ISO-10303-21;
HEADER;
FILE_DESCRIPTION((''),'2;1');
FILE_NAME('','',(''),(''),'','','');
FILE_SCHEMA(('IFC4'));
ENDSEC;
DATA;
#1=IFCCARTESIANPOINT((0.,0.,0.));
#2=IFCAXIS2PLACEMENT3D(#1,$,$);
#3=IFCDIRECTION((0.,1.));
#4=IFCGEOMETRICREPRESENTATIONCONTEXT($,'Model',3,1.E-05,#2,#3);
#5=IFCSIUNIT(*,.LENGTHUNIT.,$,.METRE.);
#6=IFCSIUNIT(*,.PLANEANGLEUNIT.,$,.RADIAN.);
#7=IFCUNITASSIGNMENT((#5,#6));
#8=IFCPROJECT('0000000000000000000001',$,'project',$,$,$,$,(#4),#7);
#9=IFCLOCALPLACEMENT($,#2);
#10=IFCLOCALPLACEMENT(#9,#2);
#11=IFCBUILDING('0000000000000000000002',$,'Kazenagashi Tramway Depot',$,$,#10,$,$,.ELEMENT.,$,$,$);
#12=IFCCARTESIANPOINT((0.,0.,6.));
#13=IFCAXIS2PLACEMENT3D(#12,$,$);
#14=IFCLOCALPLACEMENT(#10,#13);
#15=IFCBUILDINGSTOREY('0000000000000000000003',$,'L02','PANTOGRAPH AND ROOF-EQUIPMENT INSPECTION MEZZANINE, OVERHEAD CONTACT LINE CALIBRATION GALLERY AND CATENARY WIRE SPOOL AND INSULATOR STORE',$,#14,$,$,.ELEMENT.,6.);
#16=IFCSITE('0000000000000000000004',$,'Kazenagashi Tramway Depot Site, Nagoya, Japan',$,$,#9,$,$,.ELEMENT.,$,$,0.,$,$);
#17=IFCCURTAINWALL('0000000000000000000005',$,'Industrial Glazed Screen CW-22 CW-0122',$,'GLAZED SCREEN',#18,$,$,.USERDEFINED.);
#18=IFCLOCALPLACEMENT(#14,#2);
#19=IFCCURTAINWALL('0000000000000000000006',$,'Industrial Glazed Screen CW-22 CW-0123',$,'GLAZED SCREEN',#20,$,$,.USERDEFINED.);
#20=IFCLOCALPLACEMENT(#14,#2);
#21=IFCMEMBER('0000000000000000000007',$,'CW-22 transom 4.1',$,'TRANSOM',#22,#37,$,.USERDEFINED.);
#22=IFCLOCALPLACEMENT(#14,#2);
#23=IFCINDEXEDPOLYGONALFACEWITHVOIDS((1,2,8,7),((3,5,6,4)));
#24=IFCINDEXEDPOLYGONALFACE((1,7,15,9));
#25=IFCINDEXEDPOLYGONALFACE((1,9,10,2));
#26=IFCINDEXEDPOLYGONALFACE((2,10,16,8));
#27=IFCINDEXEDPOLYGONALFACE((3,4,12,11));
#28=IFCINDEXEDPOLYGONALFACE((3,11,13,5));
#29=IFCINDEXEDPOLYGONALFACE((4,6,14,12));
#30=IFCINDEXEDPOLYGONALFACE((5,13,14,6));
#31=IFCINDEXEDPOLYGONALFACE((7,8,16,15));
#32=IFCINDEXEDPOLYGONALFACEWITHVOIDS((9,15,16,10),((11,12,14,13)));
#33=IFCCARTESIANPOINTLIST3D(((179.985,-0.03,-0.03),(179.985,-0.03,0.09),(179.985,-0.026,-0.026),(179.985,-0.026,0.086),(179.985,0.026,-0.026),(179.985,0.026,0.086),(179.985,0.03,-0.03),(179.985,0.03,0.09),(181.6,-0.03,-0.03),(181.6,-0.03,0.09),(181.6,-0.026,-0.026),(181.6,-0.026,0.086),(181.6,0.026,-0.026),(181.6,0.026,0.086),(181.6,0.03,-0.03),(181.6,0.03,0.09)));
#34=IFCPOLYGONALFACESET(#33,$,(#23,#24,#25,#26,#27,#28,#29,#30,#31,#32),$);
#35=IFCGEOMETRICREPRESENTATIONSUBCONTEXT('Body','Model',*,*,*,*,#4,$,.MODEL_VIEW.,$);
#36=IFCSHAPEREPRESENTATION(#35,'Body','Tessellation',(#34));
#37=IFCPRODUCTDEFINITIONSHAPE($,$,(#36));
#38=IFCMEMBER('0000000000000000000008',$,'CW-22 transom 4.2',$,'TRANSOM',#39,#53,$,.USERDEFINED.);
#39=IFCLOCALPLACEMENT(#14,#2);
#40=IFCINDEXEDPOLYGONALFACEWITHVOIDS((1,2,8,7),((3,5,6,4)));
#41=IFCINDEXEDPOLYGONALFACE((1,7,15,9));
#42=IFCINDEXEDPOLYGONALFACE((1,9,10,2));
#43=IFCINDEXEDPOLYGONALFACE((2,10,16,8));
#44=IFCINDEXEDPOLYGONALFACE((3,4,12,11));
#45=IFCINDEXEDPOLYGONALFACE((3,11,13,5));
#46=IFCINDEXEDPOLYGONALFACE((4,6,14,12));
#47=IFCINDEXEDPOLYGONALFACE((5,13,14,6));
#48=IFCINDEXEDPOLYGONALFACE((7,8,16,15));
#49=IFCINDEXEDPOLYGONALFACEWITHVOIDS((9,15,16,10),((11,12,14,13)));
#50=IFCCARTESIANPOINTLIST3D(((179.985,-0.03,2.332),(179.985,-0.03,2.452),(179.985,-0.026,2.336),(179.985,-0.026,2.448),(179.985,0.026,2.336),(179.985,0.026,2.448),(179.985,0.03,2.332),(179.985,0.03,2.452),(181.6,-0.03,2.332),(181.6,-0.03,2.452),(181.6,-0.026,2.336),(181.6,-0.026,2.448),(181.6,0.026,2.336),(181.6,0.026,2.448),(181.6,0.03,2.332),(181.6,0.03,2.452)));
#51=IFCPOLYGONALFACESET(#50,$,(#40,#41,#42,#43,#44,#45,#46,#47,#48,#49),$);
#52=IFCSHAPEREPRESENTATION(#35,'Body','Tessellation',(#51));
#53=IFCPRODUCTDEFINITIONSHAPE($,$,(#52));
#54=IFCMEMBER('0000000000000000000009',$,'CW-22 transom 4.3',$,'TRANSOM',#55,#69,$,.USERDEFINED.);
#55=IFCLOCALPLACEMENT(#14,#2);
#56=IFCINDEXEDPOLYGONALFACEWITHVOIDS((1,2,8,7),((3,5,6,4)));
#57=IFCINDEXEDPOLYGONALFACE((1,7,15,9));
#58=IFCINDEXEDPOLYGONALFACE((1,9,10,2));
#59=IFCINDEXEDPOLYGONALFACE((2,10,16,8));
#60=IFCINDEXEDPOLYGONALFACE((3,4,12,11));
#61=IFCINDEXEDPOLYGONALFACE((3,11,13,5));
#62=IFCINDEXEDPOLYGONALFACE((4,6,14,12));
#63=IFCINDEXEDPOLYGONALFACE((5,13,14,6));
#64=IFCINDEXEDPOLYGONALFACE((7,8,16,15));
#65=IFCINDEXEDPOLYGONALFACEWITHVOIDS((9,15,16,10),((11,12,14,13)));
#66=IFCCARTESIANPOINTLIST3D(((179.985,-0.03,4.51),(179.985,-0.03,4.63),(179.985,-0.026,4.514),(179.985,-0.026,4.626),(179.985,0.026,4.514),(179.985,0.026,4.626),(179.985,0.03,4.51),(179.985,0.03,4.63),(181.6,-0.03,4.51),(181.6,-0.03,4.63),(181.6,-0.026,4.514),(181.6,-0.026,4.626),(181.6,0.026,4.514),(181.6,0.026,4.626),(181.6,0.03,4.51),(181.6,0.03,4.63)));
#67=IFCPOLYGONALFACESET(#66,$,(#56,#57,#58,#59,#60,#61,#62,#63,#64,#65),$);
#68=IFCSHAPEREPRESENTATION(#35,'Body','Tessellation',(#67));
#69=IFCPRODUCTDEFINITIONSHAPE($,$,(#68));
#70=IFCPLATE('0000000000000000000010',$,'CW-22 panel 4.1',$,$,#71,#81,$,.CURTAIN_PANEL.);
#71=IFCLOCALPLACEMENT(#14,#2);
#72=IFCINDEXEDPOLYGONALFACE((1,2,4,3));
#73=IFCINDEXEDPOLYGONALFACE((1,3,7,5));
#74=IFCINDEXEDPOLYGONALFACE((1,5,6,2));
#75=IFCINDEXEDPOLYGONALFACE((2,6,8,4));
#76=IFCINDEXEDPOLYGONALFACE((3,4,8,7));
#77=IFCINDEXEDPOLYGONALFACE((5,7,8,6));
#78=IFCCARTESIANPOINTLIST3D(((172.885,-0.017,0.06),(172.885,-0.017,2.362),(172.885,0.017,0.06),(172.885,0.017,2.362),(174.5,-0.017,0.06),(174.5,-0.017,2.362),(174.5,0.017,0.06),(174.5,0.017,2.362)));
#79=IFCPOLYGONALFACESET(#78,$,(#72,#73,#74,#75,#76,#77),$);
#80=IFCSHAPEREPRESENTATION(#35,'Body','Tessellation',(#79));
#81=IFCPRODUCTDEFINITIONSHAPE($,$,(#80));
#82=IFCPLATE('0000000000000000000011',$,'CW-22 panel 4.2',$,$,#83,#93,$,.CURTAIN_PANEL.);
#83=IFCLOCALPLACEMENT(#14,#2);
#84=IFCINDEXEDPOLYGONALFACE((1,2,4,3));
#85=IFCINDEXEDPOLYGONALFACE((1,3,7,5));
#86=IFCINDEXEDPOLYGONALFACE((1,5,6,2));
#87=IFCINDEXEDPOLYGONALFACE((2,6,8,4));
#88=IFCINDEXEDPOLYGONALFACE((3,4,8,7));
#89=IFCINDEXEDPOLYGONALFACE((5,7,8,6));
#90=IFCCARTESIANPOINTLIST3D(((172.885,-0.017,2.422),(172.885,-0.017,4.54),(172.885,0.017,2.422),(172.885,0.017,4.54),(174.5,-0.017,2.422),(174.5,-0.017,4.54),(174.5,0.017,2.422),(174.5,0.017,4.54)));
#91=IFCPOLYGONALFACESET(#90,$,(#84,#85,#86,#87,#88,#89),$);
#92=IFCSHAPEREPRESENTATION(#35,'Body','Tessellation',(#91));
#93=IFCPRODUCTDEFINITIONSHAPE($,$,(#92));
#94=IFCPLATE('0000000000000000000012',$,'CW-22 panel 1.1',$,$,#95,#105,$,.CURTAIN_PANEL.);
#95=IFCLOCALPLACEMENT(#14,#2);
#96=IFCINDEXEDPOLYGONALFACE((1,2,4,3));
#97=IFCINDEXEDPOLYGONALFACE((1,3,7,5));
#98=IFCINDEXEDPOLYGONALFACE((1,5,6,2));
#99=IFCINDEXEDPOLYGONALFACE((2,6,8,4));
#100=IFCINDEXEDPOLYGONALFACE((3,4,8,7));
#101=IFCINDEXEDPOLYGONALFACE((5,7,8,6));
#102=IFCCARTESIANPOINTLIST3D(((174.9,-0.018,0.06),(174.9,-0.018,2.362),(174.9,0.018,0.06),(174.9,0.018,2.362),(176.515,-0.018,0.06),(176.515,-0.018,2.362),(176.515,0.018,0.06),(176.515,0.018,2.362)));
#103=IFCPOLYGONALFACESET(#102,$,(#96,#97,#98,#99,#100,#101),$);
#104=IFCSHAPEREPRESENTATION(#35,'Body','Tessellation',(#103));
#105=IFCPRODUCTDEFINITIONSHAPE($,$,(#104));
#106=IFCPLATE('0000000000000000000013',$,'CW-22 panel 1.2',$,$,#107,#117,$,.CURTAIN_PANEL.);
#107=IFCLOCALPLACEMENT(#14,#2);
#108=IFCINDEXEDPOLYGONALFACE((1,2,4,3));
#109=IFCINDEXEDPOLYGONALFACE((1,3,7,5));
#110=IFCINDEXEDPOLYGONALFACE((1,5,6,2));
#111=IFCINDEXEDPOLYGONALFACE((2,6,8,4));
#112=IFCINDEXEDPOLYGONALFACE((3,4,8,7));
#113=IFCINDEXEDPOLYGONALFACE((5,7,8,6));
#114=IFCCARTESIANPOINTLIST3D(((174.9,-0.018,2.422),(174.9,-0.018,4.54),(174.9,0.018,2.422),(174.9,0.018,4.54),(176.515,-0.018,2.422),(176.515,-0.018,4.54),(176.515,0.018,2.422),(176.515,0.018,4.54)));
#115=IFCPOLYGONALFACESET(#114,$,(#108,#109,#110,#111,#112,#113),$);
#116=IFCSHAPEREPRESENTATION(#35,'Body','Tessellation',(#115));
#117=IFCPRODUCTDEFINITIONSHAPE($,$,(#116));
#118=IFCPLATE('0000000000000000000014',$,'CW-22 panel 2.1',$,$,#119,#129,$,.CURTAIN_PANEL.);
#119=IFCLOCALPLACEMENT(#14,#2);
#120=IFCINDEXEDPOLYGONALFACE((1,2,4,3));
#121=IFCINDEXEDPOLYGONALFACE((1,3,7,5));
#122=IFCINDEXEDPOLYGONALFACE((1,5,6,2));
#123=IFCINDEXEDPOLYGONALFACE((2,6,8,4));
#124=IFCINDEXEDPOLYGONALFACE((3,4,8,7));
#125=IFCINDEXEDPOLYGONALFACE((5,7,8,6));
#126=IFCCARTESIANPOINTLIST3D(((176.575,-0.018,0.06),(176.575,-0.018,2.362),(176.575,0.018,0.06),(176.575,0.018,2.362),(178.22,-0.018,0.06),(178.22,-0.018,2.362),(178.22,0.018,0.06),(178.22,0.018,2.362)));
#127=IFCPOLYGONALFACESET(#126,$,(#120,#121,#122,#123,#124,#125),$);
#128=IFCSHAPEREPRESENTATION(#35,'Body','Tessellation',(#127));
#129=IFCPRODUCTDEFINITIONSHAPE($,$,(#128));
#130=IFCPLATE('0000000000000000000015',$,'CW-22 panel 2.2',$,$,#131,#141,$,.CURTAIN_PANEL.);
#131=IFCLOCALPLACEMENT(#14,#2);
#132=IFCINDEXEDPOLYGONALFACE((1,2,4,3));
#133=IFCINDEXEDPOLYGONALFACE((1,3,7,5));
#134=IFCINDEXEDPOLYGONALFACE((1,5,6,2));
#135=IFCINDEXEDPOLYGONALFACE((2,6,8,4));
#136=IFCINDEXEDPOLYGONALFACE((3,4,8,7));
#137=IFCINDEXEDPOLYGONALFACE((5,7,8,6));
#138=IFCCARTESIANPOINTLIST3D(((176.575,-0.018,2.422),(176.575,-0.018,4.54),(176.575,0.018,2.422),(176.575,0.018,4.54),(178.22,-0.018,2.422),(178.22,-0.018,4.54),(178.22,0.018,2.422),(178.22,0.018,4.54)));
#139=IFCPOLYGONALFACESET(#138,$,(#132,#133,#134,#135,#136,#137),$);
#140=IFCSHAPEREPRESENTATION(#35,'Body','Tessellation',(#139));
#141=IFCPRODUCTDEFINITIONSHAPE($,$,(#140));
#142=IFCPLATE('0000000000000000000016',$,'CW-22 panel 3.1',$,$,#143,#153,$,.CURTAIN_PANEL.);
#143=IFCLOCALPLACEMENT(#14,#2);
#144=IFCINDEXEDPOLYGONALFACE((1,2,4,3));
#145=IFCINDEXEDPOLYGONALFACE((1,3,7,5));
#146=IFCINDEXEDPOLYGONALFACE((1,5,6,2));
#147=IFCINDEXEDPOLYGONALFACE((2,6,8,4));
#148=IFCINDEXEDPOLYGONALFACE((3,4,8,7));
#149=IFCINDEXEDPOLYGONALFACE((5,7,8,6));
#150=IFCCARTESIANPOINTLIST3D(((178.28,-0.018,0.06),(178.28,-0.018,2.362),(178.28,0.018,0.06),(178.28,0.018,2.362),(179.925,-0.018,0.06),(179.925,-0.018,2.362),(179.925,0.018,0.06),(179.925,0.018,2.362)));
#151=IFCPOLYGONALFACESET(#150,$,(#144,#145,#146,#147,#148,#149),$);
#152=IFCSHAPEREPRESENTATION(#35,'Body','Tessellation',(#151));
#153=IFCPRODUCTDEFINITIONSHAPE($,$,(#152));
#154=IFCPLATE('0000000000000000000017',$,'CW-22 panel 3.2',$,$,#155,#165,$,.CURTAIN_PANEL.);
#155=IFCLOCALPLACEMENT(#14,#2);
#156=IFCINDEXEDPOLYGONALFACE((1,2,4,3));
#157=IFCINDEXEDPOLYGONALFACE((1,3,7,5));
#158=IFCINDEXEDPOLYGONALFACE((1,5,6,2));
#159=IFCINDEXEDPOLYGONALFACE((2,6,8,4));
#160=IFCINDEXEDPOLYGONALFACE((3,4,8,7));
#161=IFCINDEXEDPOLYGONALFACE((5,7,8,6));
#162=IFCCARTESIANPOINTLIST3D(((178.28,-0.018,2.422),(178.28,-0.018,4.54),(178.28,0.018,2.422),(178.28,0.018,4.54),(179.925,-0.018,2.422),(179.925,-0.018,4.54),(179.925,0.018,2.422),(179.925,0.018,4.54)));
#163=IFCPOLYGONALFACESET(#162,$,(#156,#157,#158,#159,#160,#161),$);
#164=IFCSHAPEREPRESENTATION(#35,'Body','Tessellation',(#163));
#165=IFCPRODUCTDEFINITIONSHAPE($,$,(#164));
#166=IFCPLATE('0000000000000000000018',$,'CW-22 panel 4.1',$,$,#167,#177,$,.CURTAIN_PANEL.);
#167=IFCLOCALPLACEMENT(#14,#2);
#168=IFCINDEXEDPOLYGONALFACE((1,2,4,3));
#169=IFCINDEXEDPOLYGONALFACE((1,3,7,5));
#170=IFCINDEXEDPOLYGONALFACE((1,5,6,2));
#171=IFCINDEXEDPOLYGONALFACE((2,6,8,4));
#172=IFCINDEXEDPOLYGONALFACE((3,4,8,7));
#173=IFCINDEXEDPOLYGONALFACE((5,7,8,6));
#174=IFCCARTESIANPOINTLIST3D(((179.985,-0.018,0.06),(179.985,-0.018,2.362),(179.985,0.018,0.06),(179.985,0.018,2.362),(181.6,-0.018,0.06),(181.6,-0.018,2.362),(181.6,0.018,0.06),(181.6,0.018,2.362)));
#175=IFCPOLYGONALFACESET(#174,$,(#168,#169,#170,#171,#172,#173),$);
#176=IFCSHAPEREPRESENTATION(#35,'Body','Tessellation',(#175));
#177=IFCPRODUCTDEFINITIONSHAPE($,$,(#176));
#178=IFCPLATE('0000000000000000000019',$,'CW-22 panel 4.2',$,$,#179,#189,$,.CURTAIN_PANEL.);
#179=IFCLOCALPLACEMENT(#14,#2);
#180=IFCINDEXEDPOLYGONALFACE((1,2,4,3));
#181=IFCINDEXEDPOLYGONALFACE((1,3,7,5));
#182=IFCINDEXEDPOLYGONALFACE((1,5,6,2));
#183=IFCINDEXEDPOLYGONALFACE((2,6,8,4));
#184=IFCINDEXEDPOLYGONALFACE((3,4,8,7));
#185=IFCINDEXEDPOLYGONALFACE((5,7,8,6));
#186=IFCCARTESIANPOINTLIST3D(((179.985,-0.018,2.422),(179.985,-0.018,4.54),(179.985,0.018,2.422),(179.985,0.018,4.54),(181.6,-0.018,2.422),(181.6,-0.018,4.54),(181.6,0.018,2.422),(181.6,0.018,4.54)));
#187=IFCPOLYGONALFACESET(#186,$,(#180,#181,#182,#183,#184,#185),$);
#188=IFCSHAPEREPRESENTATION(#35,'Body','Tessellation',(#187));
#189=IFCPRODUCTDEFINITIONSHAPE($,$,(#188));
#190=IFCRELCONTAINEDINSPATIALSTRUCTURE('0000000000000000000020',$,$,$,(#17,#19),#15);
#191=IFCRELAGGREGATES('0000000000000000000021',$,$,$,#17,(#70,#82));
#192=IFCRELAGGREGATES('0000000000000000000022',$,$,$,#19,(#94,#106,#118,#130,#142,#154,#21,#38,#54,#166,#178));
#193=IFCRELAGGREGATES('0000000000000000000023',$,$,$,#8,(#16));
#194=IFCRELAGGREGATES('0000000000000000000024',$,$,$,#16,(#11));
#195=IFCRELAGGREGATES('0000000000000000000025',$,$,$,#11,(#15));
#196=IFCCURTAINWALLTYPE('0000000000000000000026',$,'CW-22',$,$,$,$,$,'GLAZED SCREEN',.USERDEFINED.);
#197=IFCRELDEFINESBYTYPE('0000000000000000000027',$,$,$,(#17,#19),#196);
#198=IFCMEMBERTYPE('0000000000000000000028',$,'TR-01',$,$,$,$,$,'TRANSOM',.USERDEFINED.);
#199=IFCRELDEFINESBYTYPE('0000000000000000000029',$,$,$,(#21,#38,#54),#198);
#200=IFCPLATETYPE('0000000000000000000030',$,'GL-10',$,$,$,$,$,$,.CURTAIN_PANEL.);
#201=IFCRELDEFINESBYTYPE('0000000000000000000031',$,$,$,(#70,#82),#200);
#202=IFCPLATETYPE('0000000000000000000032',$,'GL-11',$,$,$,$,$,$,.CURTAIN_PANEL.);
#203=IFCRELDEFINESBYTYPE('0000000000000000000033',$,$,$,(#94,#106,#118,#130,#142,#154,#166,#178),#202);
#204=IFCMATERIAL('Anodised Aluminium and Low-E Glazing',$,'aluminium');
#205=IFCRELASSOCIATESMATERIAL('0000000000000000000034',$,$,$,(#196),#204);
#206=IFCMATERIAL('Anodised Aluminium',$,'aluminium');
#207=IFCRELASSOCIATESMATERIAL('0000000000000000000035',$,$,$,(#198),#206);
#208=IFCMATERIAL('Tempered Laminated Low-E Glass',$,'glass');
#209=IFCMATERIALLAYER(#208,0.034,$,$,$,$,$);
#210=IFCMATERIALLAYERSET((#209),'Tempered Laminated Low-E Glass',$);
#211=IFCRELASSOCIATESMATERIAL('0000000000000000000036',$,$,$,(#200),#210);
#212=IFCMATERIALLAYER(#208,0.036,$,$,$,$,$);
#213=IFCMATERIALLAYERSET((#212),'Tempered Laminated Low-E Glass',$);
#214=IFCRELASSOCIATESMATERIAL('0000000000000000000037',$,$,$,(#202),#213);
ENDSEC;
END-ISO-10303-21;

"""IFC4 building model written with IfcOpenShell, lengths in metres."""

from ifc_helpers import new_model, si_unit, direction, frame, origin, origin_2d, place, context, subcontext, project, spatial, rectangle, hollow_rectangle, extrude, material, layer, layer_set, material_profile, profile_set, type_object, element, aggregate, save


model = new_model("IFC4")

# Units and contexts
model_context = context("Model", 3, precision=1e-05, world=origin(), true_north=direction((0.0, 1.0)))
body_context = subcontext(model_context, "Body", "Model", "MODEL_VIEW")
ifc_project = project(units=[si_unit("LENGTHUNIT", "METRE"), si_unit("PLANEANGLEUNIT", "RADIAN")], contexts=[model_context])

# Site, building, storey
site_placement = place(None, origin())
site = spatial("IfcSite", under=ifc_project, at=site_placement, Name="Kazenagashi Tramway Depot Site, Nagoya, Japan", CompositionType="ELEMENT", RefElevation=0.0)
building_placement = place(site_placement, origin())
building = spatial("IfcBuilding", under=site, at=building_placement, Name="Kazenagashi Tramway Depot", CompositionType="ELEMENT")
storey_placement = place(building_placement, frame((0.0, 0.0, 6.0)))
storey = spatial("IfcBuildingStorey", under=building, at=storey_placement, Name="L02", Description="PANTOGRAPH AND ROOF-EQUIPMENT INSPECTION MEZZANINE, OVERHEAD CONTACT LINE CALIBRATION GALLERY AND CATENARY WIRE SPOOL AND INSULATOR STORE", CompositionType="ELEMENT", Elevation=6.0)

# Curtain wall
ifc_material_1 = material(Name="Anodised Aluminium and Low-E Glazing", Category="aluminium")
curtain_wall_type = type_object("IfcCurtainWallType", Name="CW-22", ElementType="GLAZED SCREEN", PredefinedType="USERDEFINED", material=ifc_material_1)
curtain_wall_1_placement = place(storey_placement, origin())
curtain_wall_1 = element("IfcCurtainWall", 1, at=curtain_wall_1_placement, inside=storey, type_object=curtain_wall_type, Name="Industrial Glazed Screen CW-22 CW-0122", ObjectType="GLAZED SCREEN", PredefinedType="USERDEFINED")
ifc_material_2 = material(Name="Anodised Aluminium", Category="aluminium")

# Curtain wall
curtain_wall_2_placement = place(storey_placement, origin())
curtain_wall_2 = element("IfcCurtainWall", 2, at=curtain_wall_2_placement, inside=storey, type_object=curtain_wall_type, Name="Industrial Glazed Screen CW-22 CW-0123", ObjectType="GLAZED SCREEN", PredefinedType="USERDEFINED")

# Members
ifc_material_profile_1 = material_profile(ifc_material_2, hollow_rectangle(XDim=0.06, YDim=0.12, WallThickness=0.004, at=origin_2d()), Name="RHS-120x60x4")
ifc_profile_set_1 = profile_set([ifc_material_profile_1], Name="Anodised Aluminium")
member_type_1 = type_object("IfcMemberType", Name="TR-01", ElementType="TRANSOM", PredefinedType="USERDEFINED", material=ifc_profile_set_1)
member_1_placement = place(storey_placement, frame((179.985, 0.0, 0.03), z_axis=(1.0, 0.0, 0.0), x_axis=(0.0, 1.0, 0.0)))
member_1 = element("IfcMember", 3, at=member_1_placement, type_object=member_type_1, Name="CW-22 transom 4.1", ObjectType="TRANSOM", PredefinedType="USERDEFINED", context=body_context, shape_type="SweptSolid", body=[
    extrude(hollow_rectangle(XDim=0.06, YDim=0.12, WallThickness=0.004, at=origin_2d()), origin(), (0.0, 0.0, 1.0), 1.615),
])
member_2_placement = place(storey_placement, frame((179.985, 0.0, 2.392), z_axis=(1.0, 0.0, 0.0), x_axis=(0.0, 1.0, 0.0)))
member_2 = element("IfcMember", 4, at=member_2_placement, type_object=member_type_1, Name="CW-22 transom 4.2", ObjectType="TRANSOM", PredefinedType="USERDEFINED", context=body_context, shape_type="SweptSolid", body=[
    extrude(hollow_rectangle(XDim=0.06, YDim=0.12, WallThickness=0.004, at=origin_2d()), origin(), (0.0, 0.0, 1.0), 1.615),
])
member_3_placement = place(storey_placement, frame((179.985, 0.0, 4.57), z_axis=(1.0, 0.0, 0.0), x_axis=(0.0, 1.0, 0.0)))
member_3 = element("IfcMember", 5, at=member_3_placement, type_object=member_type_1, Name="CW-22 transom 4.3", ObjectType="TRANSOM", PredefinedType="USERDEFINED", context=body_context, shape_type="SweptSolid", body=[
    extrude(hollow_rectangle(XDim=0.06, YDim=0.12, WallThickness=0.004, at=origin_2d()), origin(), (0.0, 0.0, 1.0), 1.615),
])

# Plates
ifc_material_3 = material(Name="Tempered Laminated Low-E Glass", Category="glass")
ifc_layer_1 = layer(ifc_material_3, 0.034)
ifc_layer_set_1 = layer_set([ifc_layer_1], Name="Tempered Laminated Low-E Glass")
plate_type_1 = type_object("IfcPlateType", Name="GL-10", PredefinedType="CURTAIN_PANEL", material=ifc_layer_set_1)
plate_1_placement = place(storey_placement, frame((173.6925, 0.0, 0.06), z_axis=(0.0, 0.0, 1.0), x_axis=(1.0, 0.0, 0.0)))
plate_1 = element("IfcPlate", 6, at=plate_1_placement, type_object=plate_type_1, Name="CW-22 panel 4.1", PredefinedType="CURTAIN_PANEL", context=body_context, shape_type="SweptSolid", body=[
    extrude(rectangle(XDim=1.615, YDim=0.034, at=origin_2d()), origin(), (0.0, 0.0, 1.0), 2.302),
])
plate_2_placement = place(storey_placement, frame((173.6925, 0.0, 2.422), z_axis=(0.0, 0.0, 1.0), x_axis=(1.0, 0.0, 0.0)))
plate_2 = element("IfcPlate", 7, at=plate_2_placement, type_object=plate_type_1, Name="CW-22 panel 4.2", PredefinedType="CURTAIN_PANEL", context=body_context, shape_type="SweptSolid", body=[
    extrude(rectangle(XDim=1.615, YDim=0.034, at=origin_2d()), origin(), (0.0, 0.0, 1.0), 2.118),
])
aggregate(curtain_wall_1, [plate_1, plate_2])
ifc_layer_2 = layer(ifc_material_3, 0.036)
ifc_layer_set_2 = layer_set([ifc_layer_2], Name="Tempered Laminated Low-E Glass")
plate_type_2 = type_object("IfcPlateType", Name="GL-11", PredefinedType="CURTAIN_PANEL", material=ifc_layer_set_2)
plate_3_placement = place(storey_placement, frame((175.7075, 0.0, 0.06), z_axis=(0.0, 0.0, 1.0), x_axis=(1.0, 0.0, 0.0)))
plate_3 = element("IfcPlate", 8, at=plate_3_placement, type_object=plate_type_2, Name="CW-22 panel 1.1", PredefinedType="CURTAIN_PANEL", context=body_context, shape_type="SweptSolid", body=[
    extrude(rectangle(XDim=1.615, YDim=0.036, at=origin_2d()), origin(), (0.0, 0.0, 1.0), 2.302),
])
plate_4_placement = place(storey_placement, frame((175.7075, 0.0, 2.422), z_axis=(0.0, 0.0, 1.0), x_axis=(1.0, 0.0, 0.0)))
plate_4 = element("IfcPlate", 9, at=plate_4_placement, type_object=plate_type_2, Name="CW-22 panel 1.2", PredefinedType="CURTAIN_PANEL", context=body_context, shape_type="SweptSolid", body=[
    extrude(rectangle(XDim=1.615, YDim=0.036, at=origin_2d()), origin(), (0.0, 0.0, 1.0), 2.118),
])
plate_5_placement = place(storey_placement, frame((177.3975, 0.0, 0.06), z_axis=(0.0, 0.0, 1.0), x_axis=(1.0, 0.0, 0.0)))
plate_5 = element("IfcPlate", 10, at=plate_5_placement, type_object=plate_type_2, Name="CW-22 panel 2.1", PredefinedType="CURTAIN_PANEL", context=body_context, shape_type="SweptSolid", body=[
    extrude(rectangle(XDim=1.645, YDim=0.036, at=origin_2d()), origin(), (0.0, 0.0, 1.0), 2.302),
])
plate_6_placement = place(storey_placement, frame((177.3975, 0.0, 2.422), z_axis=(0.0, 0.0, 1.0), x_axis=(1.0, 0.0, 0.0)))
plate_6 = element("IfcPlate", 11, at=plate_6_placement, type_object=plate_type_2, Name="CW-22 panel 2.2", PredefinedType="CURTAIN_PANEL", context=body_context, shape_type="SweptSolid", body=[
    extrude(rectangle(XDim=1.645, YDim=0.036, at=origin_2d()), origin(), (0.0, 0.0, 1.0), 2.118),
])
plate_7_placement = place(storey_placement, frame((179.1025, 0.0, 0.06), z_axis=(0.0, 0.0, 1.0), x_axis=(1.0, 0.0, 0.0)))
plate_7 = element("IfcPlate", 12, at=plate_7_placement, type_object=plate_type_2, Name="CW-22 panel 3.1", PredefinedType="CURTAIN_PANEL", context=body_context, shape_type="SweptSolid", body=[
    extrude(rectangle(XDim=1.645, YDim=0.036, at=origin_2d()), origin(), (0.0, 0.0, 1.0), 2.302),
])
plate_8_placement = place(storey_placement, frame((179.1025, 0.0, 2.422), z_axis=(0.0, 0.0, 1.0), x_axis=(1.0, 0.0, 0.0)))
plate_8 = element("IfcPlate", 13, at=plate_8_placement, type_object=plate_type_2, Name="CW-22 panel 3.2", PredefinedType="CURTAIN_PANEL", context=body_context, shape_type="SweptSolid", body=[
    extrude(rectangle(XDim=1.645, YDim=0.036, at=origin_2d()), origin(), (0.0, 0.0, 1.0), 2.118),
])
plate_9_placement = place(storey_placement, frame((180.7925, 0.0, 0.06), z_axis=(0.0, 0.0, 1.0), x_axis=(1.0, 0.0, 0.0)))
plate_9 = element("IfcPlate", 14, at=plate_9_placement, type_object=plate_type_2, Name="CW-22 panel 4.1", PredefinedType="CURTAIN_PANEL", context=body_context, shape_type="SweptSolid", body=[
    extrude(rectangle(XDim=1.615, YDim=0.036, at=origin_2d()), origin(), (0.0, 0.0, 1.0), 2.302),
])
plate_10_placement = place(storey_placement, frame((180.7925, 0.0, 2.422), z_axis=(0.0, 0.0, 1.0), x_axis=(1.0, 0.0, 0.0)))
plate_10 = element("IfcPlate", 15, at=plate_10_placement, type_object=plate_type_2, Name="CW-22 panel 4.2", PredefinedType="CURTAIN_PANEL", context=body_context, shape_type="SweptSolid", body=[
    extrude(rectangle(XDim=1.615, YDim=0.036, at=origin_2d()), origin(), (0.0, 0.0, 1.0), 2.118),
])
aggregate(curtain_wall_2, [plate_3, plate_4, plate_5, plate_6, plate_7, plate_8, member_1, member_2, member_3, plate_9, plate_10])

save(model, "model.ifc")
